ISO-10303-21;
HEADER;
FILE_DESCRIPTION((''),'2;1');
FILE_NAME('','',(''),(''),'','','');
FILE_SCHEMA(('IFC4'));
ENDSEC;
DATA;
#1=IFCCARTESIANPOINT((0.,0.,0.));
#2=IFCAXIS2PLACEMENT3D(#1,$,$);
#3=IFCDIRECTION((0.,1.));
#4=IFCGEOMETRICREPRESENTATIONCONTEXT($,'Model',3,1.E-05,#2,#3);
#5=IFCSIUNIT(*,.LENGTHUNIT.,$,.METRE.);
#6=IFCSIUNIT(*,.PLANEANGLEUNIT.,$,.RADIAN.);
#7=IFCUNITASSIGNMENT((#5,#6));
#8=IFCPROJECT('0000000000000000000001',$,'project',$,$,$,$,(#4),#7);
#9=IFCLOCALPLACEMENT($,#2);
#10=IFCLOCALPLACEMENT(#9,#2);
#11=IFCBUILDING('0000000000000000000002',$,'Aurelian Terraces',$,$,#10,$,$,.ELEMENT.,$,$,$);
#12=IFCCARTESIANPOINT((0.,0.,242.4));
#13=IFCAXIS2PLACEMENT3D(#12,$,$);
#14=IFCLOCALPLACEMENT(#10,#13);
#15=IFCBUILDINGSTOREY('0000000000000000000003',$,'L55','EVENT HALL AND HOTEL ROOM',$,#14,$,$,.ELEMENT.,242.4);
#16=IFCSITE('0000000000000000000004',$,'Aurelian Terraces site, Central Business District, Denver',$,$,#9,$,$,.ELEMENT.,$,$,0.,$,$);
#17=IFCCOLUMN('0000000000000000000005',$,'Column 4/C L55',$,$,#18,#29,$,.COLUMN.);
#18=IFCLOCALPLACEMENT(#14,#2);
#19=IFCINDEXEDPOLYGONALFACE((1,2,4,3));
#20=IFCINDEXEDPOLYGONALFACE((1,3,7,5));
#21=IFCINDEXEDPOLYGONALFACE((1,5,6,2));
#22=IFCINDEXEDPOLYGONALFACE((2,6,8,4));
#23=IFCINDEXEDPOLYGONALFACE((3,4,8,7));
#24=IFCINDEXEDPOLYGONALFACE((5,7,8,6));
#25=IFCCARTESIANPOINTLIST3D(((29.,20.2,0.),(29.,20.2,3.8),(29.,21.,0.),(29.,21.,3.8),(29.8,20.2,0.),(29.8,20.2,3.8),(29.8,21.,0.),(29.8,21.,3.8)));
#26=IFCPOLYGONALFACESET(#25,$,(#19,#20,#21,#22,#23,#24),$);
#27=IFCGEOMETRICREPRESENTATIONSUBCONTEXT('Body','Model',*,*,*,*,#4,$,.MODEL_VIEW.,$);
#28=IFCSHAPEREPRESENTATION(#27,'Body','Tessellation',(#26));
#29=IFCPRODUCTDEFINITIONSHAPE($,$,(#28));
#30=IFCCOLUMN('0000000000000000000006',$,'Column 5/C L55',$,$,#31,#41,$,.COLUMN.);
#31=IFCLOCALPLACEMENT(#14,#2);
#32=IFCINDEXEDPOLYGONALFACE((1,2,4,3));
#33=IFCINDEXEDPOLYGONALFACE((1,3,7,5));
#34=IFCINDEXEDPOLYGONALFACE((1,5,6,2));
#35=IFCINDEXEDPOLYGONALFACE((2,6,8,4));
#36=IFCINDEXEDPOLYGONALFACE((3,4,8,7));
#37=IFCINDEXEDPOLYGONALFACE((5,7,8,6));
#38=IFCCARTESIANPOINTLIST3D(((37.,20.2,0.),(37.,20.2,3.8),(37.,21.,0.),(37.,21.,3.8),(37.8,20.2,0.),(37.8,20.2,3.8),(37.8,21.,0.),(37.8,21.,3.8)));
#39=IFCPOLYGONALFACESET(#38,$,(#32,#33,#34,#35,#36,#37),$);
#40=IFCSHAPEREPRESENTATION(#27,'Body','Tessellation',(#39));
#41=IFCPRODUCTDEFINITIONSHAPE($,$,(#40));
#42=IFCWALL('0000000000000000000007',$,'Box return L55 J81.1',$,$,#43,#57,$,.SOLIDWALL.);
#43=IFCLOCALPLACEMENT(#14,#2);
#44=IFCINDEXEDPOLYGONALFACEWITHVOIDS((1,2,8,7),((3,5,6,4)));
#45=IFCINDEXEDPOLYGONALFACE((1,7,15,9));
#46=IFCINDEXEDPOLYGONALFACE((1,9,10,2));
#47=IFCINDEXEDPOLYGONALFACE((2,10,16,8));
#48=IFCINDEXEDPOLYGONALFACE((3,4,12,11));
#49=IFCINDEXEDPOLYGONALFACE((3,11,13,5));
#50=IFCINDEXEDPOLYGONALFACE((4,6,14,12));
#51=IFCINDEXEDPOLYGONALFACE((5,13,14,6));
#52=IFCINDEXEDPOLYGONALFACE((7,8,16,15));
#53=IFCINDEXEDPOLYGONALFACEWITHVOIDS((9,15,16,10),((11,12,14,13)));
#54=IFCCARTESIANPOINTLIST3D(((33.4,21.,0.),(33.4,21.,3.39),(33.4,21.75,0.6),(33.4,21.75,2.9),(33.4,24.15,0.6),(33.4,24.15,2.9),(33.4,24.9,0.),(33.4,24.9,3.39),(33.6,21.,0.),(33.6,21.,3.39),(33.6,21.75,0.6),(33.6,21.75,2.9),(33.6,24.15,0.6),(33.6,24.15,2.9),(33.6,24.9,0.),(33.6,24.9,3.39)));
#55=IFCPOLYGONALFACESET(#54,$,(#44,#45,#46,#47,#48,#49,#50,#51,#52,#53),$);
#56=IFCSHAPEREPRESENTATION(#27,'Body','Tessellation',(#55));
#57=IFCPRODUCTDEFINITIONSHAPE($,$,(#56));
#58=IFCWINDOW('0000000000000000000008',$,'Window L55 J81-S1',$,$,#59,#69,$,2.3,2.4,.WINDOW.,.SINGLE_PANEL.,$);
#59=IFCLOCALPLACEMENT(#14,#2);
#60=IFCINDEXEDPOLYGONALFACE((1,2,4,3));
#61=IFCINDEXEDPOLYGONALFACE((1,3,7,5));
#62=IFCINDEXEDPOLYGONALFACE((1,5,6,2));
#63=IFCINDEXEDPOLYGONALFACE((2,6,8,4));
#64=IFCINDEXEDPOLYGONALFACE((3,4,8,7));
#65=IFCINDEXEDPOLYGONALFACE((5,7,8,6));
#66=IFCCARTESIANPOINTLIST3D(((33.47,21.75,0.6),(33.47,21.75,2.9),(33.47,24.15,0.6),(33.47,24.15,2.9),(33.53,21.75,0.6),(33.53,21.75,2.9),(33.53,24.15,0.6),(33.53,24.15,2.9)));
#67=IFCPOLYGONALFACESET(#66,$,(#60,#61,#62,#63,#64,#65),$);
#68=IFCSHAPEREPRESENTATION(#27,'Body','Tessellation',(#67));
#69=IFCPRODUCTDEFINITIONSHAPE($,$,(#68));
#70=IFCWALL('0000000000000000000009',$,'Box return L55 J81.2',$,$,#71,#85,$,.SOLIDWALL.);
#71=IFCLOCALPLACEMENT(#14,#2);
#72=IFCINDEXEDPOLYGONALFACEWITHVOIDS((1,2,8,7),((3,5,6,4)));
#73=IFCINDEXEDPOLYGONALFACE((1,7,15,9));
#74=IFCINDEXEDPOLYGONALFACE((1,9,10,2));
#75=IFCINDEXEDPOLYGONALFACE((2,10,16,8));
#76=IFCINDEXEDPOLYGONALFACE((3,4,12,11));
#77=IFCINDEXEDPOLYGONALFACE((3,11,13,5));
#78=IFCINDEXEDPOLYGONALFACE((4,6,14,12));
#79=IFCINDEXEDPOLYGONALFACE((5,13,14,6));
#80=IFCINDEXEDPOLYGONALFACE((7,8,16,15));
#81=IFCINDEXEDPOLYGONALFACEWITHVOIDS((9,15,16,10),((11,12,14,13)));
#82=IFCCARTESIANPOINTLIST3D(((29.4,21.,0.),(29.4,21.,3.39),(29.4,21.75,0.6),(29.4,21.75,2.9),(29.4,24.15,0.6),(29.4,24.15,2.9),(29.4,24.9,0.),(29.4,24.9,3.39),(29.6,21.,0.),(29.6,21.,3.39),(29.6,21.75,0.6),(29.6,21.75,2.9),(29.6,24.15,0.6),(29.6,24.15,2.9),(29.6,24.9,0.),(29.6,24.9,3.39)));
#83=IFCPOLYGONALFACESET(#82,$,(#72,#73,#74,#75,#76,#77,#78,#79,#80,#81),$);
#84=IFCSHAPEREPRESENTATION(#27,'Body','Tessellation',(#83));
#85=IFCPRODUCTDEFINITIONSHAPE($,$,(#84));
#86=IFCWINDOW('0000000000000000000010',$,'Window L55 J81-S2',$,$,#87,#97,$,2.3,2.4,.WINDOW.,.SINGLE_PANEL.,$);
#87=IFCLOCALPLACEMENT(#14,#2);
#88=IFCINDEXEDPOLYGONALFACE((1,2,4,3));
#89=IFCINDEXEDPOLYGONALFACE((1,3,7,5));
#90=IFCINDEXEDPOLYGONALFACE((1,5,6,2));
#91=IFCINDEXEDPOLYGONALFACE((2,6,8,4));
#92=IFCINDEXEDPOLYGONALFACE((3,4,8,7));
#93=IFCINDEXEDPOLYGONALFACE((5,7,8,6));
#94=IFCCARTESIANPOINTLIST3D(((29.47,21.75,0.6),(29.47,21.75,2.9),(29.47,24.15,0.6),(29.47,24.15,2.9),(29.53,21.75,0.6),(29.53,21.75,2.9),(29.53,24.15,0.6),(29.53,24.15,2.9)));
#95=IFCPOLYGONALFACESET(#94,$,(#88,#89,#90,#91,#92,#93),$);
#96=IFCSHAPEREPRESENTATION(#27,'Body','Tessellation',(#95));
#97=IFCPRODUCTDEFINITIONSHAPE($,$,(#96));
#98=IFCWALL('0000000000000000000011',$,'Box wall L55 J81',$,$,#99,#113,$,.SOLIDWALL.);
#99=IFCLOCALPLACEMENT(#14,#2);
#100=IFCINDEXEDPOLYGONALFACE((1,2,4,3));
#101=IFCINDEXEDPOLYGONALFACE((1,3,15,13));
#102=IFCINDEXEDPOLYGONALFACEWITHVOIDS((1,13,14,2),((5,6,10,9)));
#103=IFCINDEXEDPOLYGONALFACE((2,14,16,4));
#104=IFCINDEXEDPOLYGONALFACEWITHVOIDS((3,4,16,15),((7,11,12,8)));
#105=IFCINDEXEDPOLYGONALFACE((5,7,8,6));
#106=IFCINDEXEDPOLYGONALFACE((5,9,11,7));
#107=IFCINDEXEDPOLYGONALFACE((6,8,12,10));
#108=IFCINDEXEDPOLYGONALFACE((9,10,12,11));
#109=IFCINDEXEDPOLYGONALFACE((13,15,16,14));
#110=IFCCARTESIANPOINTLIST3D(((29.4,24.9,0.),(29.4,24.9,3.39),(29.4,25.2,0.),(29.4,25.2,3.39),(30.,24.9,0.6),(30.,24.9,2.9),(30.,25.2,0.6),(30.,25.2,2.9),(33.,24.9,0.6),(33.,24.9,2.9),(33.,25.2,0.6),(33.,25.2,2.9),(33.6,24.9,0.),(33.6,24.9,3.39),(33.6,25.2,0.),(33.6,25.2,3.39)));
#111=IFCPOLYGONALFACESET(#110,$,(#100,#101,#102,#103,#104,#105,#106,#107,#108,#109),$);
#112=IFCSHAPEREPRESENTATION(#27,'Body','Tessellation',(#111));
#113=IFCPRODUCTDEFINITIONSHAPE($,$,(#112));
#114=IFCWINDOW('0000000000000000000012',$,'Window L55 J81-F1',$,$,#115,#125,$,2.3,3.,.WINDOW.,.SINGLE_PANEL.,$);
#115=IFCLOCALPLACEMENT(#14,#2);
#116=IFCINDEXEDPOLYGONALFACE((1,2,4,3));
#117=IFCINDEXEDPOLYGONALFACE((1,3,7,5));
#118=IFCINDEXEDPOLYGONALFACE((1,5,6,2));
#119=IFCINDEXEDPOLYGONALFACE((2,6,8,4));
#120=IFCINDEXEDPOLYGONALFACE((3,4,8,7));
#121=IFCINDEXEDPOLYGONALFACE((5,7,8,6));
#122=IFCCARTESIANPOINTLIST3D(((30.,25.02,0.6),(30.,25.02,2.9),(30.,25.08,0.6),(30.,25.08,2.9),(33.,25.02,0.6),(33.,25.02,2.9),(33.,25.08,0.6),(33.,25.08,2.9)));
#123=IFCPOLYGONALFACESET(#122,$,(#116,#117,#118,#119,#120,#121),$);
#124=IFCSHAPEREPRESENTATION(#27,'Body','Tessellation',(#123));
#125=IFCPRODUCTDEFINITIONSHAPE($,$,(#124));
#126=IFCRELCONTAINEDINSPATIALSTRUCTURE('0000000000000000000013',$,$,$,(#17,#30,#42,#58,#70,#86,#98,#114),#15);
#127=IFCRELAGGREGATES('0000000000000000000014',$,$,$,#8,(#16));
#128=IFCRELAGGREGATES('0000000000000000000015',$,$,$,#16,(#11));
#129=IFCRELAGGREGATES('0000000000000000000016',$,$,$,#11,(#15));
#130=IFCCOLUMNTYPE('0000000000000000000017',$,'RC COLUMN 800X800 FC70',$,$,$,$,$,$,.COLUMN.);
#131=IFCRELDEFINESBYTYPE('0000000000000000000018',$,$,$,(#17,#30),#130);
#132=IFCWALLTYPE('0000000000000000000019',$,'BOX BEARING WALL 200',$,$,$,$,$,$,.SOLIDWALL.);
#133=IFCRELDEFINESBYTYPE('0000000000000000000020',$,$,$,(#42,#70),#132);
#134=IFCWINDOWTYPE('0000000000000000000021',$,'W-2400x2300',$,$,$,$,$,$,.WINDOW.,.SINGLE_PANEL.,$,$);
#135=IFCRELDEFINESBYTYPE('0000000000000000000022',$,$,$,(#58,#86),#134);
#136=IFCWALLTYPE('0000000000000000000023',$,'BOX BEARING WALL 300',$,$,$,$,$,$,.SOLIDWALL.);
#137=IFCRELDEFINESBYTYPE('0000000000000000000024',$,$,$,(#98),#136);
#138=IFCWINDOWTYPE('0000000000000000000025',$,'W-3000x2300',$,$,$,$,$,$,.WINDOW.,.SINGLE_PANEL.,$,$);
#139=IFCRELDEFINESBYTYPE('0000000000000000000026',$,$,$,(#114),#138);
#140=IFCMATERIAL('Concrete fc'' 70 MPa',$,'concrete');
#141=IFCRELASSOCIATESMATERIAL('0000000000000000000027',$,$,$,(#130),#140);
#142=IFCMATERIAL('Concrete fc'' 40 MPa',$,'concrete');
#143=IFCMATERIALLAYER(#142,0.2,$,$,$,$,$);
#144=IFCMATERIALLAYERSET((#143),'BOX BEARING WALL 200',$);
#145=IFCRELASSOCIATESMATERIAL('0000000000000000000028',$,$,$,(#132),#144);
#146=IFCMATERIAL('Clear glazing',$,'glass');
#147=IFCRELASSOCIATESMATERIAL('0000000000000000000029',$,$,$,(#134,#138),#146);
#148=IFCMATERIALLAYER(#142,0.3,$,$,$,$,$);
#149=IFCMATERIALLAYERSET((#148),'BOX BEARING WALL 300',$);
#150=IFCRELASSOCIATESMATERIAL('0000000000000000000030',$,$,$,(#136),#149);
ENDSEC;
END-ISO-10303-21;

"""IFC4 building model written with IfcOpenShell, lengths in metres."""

from ifc_helpers import new_model, si_unit, direction, frame, frame_2d, origin, origin_2d, place, context, subcontext, project, spatial, rectangle, extrude, source, transform, mapped, material, layer, layer_set, material_profile, profile_set, type_object, element, fill, save


model = new_model("IFC4")

# Units and contexts
model_context = context("Model", 3, precision=1e-05, world=origin(), true_north=direction((0.0, 1.0)))
body_context = subcontext(model_context, "Body", "Model", "MODEL_VIEW")
ifc_project = project(units=[si_unit("LENGTHUNIT", "METRE"), si_unit("PLANEANGLEUNIT", "RADIAN")], contexts=[model_context])

# Site, building, storey
site_placement = place(None, origin())
site = spatial("IfcSite", under=ifc_project, at=site_placement, Name="Aurelian Terraces site, Central Business District, Denver", CompositionType="ELEMENT", RefElevation=0.0)
building_placement = place(site_placement, origin())
building = spatial("IfcBuilding", under=site, at=building_placement, Name="Aurelian Terraces", CompositionType="ELEMENT")
storey_placement = place(building_placement, frame((0.0, 0.0, 242.4)))
storey = spatial("IfcBuildingStorey", under=building, at=storey_placement, Name="L55", Description="EVENT HALL AND HOTEL ROOM", CompositionType="ELEMENT", Elevation=242.4)

# Columns
ifc_material_1 = material(Name="Concrete fc' 70 MPa", Category="concrete")
ifc_material_profile = material_profile(ifc_material_1, rectangle(XDim=0.8, YDim=0.8, at=origin_2d()))
ifc_profile_set = profile_set([ifc_material_profile], Name="Concrete fc' 70 MPa")
column_type = type_object("IfcColumnType", Name="RC COLUMN 800X800 FC70", PredefinedType="COLUMN", material=ifc_profile_set)
shared_shape_1 = source(origin(), body_context, "Body", "SweptSolid", [
    extrude(rectangle(XDim=0.8, YDim=0.8, at=origin_2d()), origin(), (0.0, 0.0, 1.0), 3.8),
])
for number, where, z_axis, x_axis, name in (
    (1, (29.4, 20.6, 0.0), (0.0, 0.0, 1.0), (1.0, 0.0, 0.0), "Column 4/C L55"),
    (2, (37.4, 20.6, 0.0), (0.0, 0.0, 1.0), (1.0, 0.0, 0.0), "Column 5/C L55"),
):
    element("IfcColumn", number, at=place(storey_placement, frame(where, z_axis=z_axis, x_axis=x_axis)), inside=storey, type_object=column_type, Name=name, PredefinedType="COLUMN", context=body_context, shape_type="MappedRepresentation", body=[
        mapped(shared_shape_1, transform((0.0, 0.0, 0.0), scale=1.0)),
    ])

# Walls, openings, windows
ifc_material_2 = material(Name="Concrete fc' 40 MPa", Category="concrete")
ifc_layer_1 = layer(ifc_material_2, 0.2)
ifc_layer_set_1 = layer_set([ifc_layer_1], Name="BOX BEARING WALL 200")
wall_type_1 = type_object("IfcWallType", Name="BOX BEARING WALL 200", PredefinedType="SOLIDWALL", material=ifc_layer_set_1)
shared_shape_2 = source(origin(), body_context, "Body", "SweptSolid", [
    extrude(rectangle(XDim=3.9, YDim=0.2, at=frame_2d((1.95, 0.0))), origin(), (0.0, 0.0, 1.0), 3.39),
])
wall_1_placement = place(storey_placement, frame((33.5, 21.0, 0.0), z_axis=(0.0, 0.0, 1.0), x_axis=(0.0, 1.0, 0.0)))
wall_1 = element("IfcWall", 3, at=wall_1_placement, inside=storey, type_object=wall_type_1, Name="Box return L55 J81.1", PredefinedType="SOLIDWALL", context=body_context, shape_type="MappedRepresentation", body=[
    mapped(shared_shape_2, transform((0.0, 0.0, 0.0), scale=1.0)),
])
shared_shape_3 = source(origin(), body_context, "Body", "SweptSolid", [
    extrude(rectangle(XDim=2.4, YDim=2.3, at=frame_2d((1.2, 1.15))), frame((0.0, 0.11, 0.0), z_axis=(0.0, -1.0, 0.0), x_axis=(1.0, 0.0, 0.0)), (0.0, 0.0, 1.0), 0.22),
])
opening_1_placement = place(wall_1_placement, frame((0.75, 0.0, 0.6)))
opening_1 = element("IfcOpeningElement", 4, at=opening_1_placement, cuts=wall_1, PredefinedType="OPENING", context=body_context, shape_type="MappedRepresentation", body=[
    mapped(shared_shape_3, transform((0.0, 0.0, 0.0), scale=1.0)),
])
ifc_material_3 = material(Name="Clear glazing", Category="glass")
window_type_1 = type_object("IfcWindowType", Name="W-2400x2300", PartitioningType="SINGLE_PANEL", PredefinedType="WINDOW", material=ifc_material_3)
shared_shape_4 = source(origin(), body_context, "Body", "SweptSolid", [
    extrude(rectangle(XDim=2.4, YDim=2.3, at=frame_2d((1.2, 1.15))), frame((0.0, 0.03, 0.0), z_axis=(0.0, -1.0, 0.0), x_axis=(1.0, 0.0, 0.0)), (0.0, 0.0, 1.0), 0.06),
])
window_1_placement = place(opening_1_placement, origin())
window_1 = element("IfcWindow", 5, at=window_1_placement, inside=storey, type_object=window_type_1, Name="Window L55 J81-S1", OverallHeight=2.3, OverallWidth=2.4, PartitioningType="SINGLE_PANEL", PredefinedType="WINDOW", context=body_context, shape_type="MappedRepresentation", body=[
    mapped(shared_shape_4, transform((0.0, 0.0, 0.0), scale=1.0)),
])
fill(opening_1, window_1)
wall_2_placement = place(storey_placement, frame((29.5, 21.0, 0.0), z_axis=(0.0, 0.0, 1.0), x_axis=(0.0, 1.0, 0.0)))
wall_2 = element("IfcWall", 6, at=wall_2_placement, inside=storey, type_object=wall_type_1, Name="Box return L55 J81.2", PredefinedType="SOLIDWALL", context=body_context, shape_type="MappedRepresentation", body=[
    mapped(shared_shape_2, transform((0.0, 0.0, 0.0), scale=1.0)),
])
opening_2_placement = place(wall_2_placement, frame((0.75, 0.0, 0.6)))
opening_2 = element("IfcOpeningElement", 7, at=opening_2_placement, cuts=wall_2, PredefinedType="OPENING", context=body_context, shape_type="MappedRepresentation", body=[
    mapped(shared_shape_3, transform((0.0, 0.0, 0.0), scale=1.0)),
])
window_2_placement = place(opening_2_placement, origin())
window_2 = element("IfcWindow", 8, at=window_2_placement, inside=storey, type_object=window_type_1, Name="Window L55 J81-S2", OverallHeight=2.3, OverallWidth=2.4, PartitioningType="SINGLE_PANEL", PredefinedType="WINDOW", context=body_context, shape_type="MappedRepresentation", body=[
    mapped(shared_shape_4, transform((0.0, 0.0, 0.0), scale=1.0)),
])
fill(opening_2, window_2)
ifc_layer_2 = layer(ifc_material_2, 0.3)
ifc_layer_set_2 = layer_set([ifc_layer_2], Name="BOX BEARING WALL 300")
wall_type_2 = type_object("IfcWallType", Name="BOX BEARING WALL 300", PredefinedType="SOLIDWALL", material=ifc_layer_set_2)
shared_shape_5 = source(origin(), body_context, "Body", "SweptSolid", [
    extrude(rectangle(XDim=4.2, YDim=0.3, at=frame_2d((2.1, 0.0))), origin(), (0.0, 0.0, 1.0), 3.39),
])
wall_3_placement = place(storey_placement, frame((33.6, 25.05, 0.0), z_axis=(0.0, 0.0, 1.0), x_axis=(-1.0, 0.0, 0.0)))
wall_3 = element("IfcWall", 9, at=wall_3_placement, inside=storey, type_object=wall_type_2, Name="Box wall L55 J81", PredefinedType="SOLIDWALL", context=body_context, shape_type="MappedRepresentation", body=[
    mapped(shared_shape_5, transform((0.0, 0.0, 0.0), scale=1.0)),
])
shared_shape_6 = source(origin(), body_context, "Body", "SweptSolid", [
    extrude(rectangle(XDim=3.0, YDim=2.3, at=frame_2d((1.5, 1.15))), frame((0.0, 0.16, 0.0), z_axis=(0.0, -1.0, 0.0), x_axis=(1.0, 0.0, 0.0)), (0.0, 0.0, 1.0), 0.32),
])
opening_3_placement = place(wall_3_placement, frame((0.6, 0.0, 0.6)))
opening_3 = element("IfcOpeningElement", 10, at=opening_3_placement, cuts=wall_3, PredefinedType="OPENING", context=body_context, shape_type="MappedRepresentation", body=[
    mapped(shared_shape_6, transform((0.0, 0.0, 0.0), scale=1.0)),
])
window_type_2 = type_object("IfcWindowType", Name="W-3000x2300", PartitioningType="SINGLE_PANEL", PredefinedType="WINDOW", material=ifc_material_3)
shared_shape_7 = source(origin(), body_context, "Body", "SweptSolid", [
    extrude(rectangle(XDim=3.0, YDim=2.3, at=frame_2d((1.5, 1.15))), frame((0.0, 0.03, 0.0), z_axis=(0.0, -1.0, 0.0), x_axis=(1.0, 0.0, 0.0)), (0.0, 0.0, 1.0), 0.06),
])
window_3_placement = place(opening_3_placement, origin())
window_3 = element("IfcWindow", 11, at=window_3_placement, inside=storey, type_object=window_type_2, Name="Window L55 J81-F1", OverallHeight=2.3, OverallWidth=3.0, PartitioningType="SINGLE_PANEL", PredefinedType="WINDOW", context=body_context, shape_type="MappedRepresentation", body=[
    mapped(shared_shape_7, transform((0.0, 0.0, 0.0), scale=1.0)),
])
fill(opening_3, window_3)

save(model, "model.ifc")
